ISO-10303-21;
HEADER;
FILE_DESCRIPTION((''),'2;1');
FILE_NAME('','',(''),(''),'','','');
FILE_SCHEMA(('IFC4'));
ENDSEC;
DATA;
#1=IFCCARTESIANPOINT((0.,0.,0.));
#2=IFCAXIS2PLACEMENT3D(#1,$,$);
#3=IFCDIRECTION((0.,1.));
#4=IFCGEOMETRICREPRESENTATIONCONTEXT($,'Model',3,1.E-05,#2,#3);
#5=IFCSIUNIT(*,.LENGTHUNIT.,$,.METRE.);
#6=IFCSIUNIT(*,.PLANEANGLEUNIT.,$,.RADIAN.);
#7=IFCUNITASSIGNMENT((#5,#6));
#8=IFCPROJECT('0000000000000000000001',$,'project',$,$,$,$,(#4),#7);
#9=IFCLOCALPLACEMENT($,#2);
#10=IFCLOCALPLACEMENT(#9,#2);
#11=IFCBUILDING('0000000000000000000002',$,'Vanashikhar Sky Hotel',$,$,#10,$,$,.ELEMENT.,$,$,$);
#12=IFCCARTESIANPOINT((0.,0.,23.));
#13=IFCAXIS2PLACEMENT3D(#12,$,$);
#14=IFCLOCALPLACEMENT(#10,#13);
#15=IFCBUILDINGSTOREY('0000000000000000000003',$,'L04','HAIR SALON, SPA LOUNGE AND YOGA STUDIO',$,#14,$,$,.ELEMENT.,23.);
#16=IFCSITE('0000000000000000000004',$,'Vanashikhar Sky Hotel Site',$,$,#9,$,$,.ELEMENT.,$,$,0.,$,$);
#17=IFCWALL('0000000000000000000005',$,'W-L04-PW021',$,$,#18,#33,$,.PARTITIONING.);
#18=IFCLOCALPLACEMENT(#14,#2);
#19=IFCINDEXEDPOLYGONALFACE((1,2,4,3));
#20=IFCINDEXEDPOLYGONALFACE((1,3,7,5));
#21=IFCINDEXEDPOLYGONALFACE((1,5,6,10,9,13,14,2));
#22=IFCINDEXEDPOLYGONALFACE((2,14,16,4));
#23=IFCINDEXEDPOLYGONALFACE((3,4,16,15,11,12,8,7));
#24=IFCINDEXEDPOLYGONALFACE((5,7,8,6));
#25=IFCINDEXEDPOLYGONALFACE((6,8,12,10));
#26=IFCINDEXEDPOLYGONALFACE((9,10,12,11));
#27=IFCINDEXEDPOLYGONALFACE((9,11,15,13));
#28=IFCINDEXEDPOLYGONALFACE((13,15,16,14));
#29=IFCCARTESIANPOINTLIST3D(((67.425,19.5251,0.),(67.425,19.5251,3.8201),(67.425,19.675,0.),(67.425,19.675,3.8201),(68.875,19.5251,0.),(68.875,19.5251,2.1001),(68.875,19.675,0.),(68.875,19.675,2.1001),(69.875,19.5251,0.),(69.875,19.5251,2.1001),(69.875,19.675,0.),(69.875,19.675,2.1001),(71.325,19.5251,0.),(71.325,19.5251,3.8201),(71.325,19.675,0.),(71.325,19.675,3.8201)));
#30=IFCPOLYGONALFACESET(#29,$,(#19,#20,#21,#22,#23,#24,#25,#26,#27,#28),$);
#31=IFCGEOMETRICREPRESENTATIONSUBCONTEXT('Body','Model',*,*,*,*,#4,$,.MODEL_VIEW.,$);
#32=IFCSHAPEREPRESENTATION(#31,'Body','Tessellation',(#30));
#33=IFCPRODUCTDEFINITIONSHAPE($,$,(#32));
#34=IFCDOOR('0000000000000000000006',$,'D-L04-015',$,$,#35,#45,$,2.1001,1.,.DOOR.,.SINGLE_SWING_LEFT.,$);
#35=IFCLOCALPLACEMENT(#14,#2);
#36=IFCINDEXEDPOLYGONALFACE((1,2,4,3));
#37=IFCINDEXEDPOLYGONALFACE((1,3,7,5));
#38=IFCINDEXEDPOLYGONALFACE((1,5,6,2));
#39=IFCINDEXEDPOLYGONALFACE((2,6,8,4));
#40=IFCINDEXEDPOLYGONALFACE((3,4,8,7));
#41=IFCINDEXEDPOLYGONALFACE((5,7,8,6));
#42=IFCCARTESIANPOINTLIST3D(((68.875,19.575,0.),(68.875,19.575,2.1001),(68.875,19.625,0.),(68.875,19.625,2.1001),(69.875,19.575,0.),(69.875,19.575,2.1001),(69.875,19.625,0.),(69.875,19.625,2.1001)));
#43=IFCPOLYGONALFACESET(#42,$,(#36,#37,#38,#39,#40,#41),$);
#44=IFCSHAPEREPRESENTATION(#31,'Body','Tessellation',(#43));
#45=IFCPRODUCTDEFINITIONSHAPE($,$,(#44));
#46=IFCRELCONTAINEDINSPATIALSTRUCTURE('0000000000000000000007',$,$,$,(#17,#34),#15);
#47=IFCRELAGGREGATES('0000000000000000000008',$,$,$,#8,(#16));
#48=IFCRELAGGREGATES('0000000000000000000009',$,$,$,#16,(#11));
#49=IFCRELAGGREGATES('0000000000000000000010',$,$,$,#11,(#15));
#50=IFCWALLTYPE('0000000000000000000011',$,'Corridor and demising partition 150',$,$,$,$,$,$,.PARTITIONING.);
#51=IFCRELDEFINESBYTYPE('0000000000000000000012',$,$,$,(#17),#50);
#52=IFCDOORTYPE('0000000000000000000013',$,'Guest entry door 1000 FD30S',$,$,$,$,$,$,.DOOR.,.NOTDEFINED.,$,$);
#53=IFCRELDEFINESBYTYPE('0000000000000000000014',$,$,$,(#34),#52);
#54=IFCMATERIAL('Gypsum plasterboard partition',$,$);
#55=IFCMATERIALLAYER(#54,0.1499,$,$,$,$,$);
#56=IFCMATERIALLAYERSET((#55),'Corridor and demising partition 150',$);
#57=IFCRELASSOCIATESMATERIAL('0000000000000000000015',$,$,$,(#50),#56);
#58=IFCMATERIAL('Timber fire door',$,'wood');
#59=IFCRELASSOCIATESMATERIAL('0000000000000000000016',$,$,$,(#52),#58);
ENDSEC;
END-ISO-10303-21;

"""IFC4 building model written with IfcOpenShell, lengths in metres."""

from ifc_helpers import new_model, si_unit, direction, frame, frame_2d, origin, place, context, subcontext, project, spatial, rectangle, extrude, source, transform, mapped, material, layer, layer_set, type_object, element, fill, save


model = new_model("IFC4")

# Units and contexts
model_context = context("Model", 3, precision=1e-05, world=origin(), true_north=direction((0.0, 1.0)))
body_context = subcontext(model_context, "Body", "Model", "MODEL_VIEW")
ifc_project = project(units=[si_unit("LENGTHUNIT", "METRE"), si_unit("PLANEANGLEUNIT", "RADIAN")], contexts=[model_context])

# Site, building, storey
site_placement = place(None, origin())
site = spatial("IfcSite", under=ifc_project, at=site_placement, Name="Vanashikhar Sky Hotel Site", CompositionType="ELEMENT", RefElevation=0.0)
building_placement = place(site_placement, origin())
building = spatial("IfcBuilding", under=site, at=building_placement, Name="Vanashikhar Sky Hotel", CompositionType="ELEMENT")
storey_placement = place(building_placement, frame((0.0, 0.0, 23.0)))
storey = spatial("IfcBuildingStorey", under=building, at=storey_placement, Name="L04", Description="HAIR SALON, SPA LOUNGE AND YOGA STUDIO", CompositionType="ELEMENT", Elevation=23.0)

# Shared definitions
shared_shape_1 = source(origin(), body_context, "Body", "SweptSolid", [
    extrude(rectangle(XDim=1.0, YDim=2.1001, at=frame_2d((0.5, 1.05))), frame((0.0, 0.0249, 0.0), z_axis=(0.0, -1.0, 0.0), x_axis=(1.0, 0.0, 0.0)), (0.0, 0.0, 1.0), 0.05),
])

# Wall, opening, door
ifc_material_1 = material(Name="Gypsum plasterboard partition")
ifc_layer_1 = layer(ifc_material_1, 0.1499)
ifc_layer_set_1 = layer_set([ifc_layer_1], Name="Corridor and demising partition 150")
wall_type_1 = type_object("IfcWallType", Name="Corridor and demising partition 150", PredefinedType="PARTITIONING", material=ifc_layer_set_1)
shared_shape_2 = source(origin(), body_context, "Body", "SweptSolid", [
    extrude(rectangle(XDim=3.8999, YDim=0.1499, at=frame_2d((1.95, 0.0))), origin(), (0.0, 0.0, 1.0), 3.8201),
])
wall_1_placement = place(storey_placement, frame((67.425, 19.6001, 0.0), z_axis=(0.0, 0.0, 1.0), x_axis=(1.0, 0.0, 0.0)))
wall_1 = element("IfcWall", 1, at=wall_1_placement, inside=storey, type_object=wall_type_1, Name="W-L04-PW021", PredefinedType="PARTITIONING", context=body_context, shape_type="MappedRepresentation", body=[
    mapped(shared_shape_2, transform((0.0, 0.0, 0.0), scale=1.0)),
])
shared_shape_3 = source(origin(), body_context, "Body", "SweptSolid", [
    extrude(rectangle(XDim=1.0, YDim=2.1001, at=frame_2d((0.5, 1.05))), frame((0.0, 0.085, 0.0), z_axis=(0.0, -1.0, 0.0), x_axis=(1.0, 0.0, 0.0)), (0.0, 0.0, 1.0), 0.1699),
])
opening_1_placement = place(wall_1_placement, frame((1.45, 0.0, 0.0)))
opening_1 = element("IfcOpeningElement", 2, at=opening_1_placement, cuts=wall_1, PredefinedType="OPENING", context=body_context, shape_type="MappedRepresentation", body=[
    mapped(shared_shape_3, transform((0.0, 0.0, 0.0), scale=1.0)),
])
ifc_material_2 = material(Name="Timber fire door", Category="wood")
door_type_1 = type_object("IfcDoorType", Name="Guest entry door 1000 FD30S", OperationType="NOTDEFINED", PredefinedType="DOOR", material=ifc_material_2)
door_1_placement = place(opening_1_placement, origin())
door_1 = element("IfcDoor", 3, at=door_1_placement, inside=storey, type_object=door_type_1, Name="D-L04-015", OperationType="SINGLE_SWING_LEFT", OverallHeight=2.1001, OverallWidth=1.0, PredefinedType="DOOR", context=body_context, shape_type="MappedRepresentation", body=[
    mapped(shared_shape_1, transform((0.0, 0.0, 0.0), scale=1.0)),
])
fill(opening_1, door_1)

save(model, "model.ifc")
